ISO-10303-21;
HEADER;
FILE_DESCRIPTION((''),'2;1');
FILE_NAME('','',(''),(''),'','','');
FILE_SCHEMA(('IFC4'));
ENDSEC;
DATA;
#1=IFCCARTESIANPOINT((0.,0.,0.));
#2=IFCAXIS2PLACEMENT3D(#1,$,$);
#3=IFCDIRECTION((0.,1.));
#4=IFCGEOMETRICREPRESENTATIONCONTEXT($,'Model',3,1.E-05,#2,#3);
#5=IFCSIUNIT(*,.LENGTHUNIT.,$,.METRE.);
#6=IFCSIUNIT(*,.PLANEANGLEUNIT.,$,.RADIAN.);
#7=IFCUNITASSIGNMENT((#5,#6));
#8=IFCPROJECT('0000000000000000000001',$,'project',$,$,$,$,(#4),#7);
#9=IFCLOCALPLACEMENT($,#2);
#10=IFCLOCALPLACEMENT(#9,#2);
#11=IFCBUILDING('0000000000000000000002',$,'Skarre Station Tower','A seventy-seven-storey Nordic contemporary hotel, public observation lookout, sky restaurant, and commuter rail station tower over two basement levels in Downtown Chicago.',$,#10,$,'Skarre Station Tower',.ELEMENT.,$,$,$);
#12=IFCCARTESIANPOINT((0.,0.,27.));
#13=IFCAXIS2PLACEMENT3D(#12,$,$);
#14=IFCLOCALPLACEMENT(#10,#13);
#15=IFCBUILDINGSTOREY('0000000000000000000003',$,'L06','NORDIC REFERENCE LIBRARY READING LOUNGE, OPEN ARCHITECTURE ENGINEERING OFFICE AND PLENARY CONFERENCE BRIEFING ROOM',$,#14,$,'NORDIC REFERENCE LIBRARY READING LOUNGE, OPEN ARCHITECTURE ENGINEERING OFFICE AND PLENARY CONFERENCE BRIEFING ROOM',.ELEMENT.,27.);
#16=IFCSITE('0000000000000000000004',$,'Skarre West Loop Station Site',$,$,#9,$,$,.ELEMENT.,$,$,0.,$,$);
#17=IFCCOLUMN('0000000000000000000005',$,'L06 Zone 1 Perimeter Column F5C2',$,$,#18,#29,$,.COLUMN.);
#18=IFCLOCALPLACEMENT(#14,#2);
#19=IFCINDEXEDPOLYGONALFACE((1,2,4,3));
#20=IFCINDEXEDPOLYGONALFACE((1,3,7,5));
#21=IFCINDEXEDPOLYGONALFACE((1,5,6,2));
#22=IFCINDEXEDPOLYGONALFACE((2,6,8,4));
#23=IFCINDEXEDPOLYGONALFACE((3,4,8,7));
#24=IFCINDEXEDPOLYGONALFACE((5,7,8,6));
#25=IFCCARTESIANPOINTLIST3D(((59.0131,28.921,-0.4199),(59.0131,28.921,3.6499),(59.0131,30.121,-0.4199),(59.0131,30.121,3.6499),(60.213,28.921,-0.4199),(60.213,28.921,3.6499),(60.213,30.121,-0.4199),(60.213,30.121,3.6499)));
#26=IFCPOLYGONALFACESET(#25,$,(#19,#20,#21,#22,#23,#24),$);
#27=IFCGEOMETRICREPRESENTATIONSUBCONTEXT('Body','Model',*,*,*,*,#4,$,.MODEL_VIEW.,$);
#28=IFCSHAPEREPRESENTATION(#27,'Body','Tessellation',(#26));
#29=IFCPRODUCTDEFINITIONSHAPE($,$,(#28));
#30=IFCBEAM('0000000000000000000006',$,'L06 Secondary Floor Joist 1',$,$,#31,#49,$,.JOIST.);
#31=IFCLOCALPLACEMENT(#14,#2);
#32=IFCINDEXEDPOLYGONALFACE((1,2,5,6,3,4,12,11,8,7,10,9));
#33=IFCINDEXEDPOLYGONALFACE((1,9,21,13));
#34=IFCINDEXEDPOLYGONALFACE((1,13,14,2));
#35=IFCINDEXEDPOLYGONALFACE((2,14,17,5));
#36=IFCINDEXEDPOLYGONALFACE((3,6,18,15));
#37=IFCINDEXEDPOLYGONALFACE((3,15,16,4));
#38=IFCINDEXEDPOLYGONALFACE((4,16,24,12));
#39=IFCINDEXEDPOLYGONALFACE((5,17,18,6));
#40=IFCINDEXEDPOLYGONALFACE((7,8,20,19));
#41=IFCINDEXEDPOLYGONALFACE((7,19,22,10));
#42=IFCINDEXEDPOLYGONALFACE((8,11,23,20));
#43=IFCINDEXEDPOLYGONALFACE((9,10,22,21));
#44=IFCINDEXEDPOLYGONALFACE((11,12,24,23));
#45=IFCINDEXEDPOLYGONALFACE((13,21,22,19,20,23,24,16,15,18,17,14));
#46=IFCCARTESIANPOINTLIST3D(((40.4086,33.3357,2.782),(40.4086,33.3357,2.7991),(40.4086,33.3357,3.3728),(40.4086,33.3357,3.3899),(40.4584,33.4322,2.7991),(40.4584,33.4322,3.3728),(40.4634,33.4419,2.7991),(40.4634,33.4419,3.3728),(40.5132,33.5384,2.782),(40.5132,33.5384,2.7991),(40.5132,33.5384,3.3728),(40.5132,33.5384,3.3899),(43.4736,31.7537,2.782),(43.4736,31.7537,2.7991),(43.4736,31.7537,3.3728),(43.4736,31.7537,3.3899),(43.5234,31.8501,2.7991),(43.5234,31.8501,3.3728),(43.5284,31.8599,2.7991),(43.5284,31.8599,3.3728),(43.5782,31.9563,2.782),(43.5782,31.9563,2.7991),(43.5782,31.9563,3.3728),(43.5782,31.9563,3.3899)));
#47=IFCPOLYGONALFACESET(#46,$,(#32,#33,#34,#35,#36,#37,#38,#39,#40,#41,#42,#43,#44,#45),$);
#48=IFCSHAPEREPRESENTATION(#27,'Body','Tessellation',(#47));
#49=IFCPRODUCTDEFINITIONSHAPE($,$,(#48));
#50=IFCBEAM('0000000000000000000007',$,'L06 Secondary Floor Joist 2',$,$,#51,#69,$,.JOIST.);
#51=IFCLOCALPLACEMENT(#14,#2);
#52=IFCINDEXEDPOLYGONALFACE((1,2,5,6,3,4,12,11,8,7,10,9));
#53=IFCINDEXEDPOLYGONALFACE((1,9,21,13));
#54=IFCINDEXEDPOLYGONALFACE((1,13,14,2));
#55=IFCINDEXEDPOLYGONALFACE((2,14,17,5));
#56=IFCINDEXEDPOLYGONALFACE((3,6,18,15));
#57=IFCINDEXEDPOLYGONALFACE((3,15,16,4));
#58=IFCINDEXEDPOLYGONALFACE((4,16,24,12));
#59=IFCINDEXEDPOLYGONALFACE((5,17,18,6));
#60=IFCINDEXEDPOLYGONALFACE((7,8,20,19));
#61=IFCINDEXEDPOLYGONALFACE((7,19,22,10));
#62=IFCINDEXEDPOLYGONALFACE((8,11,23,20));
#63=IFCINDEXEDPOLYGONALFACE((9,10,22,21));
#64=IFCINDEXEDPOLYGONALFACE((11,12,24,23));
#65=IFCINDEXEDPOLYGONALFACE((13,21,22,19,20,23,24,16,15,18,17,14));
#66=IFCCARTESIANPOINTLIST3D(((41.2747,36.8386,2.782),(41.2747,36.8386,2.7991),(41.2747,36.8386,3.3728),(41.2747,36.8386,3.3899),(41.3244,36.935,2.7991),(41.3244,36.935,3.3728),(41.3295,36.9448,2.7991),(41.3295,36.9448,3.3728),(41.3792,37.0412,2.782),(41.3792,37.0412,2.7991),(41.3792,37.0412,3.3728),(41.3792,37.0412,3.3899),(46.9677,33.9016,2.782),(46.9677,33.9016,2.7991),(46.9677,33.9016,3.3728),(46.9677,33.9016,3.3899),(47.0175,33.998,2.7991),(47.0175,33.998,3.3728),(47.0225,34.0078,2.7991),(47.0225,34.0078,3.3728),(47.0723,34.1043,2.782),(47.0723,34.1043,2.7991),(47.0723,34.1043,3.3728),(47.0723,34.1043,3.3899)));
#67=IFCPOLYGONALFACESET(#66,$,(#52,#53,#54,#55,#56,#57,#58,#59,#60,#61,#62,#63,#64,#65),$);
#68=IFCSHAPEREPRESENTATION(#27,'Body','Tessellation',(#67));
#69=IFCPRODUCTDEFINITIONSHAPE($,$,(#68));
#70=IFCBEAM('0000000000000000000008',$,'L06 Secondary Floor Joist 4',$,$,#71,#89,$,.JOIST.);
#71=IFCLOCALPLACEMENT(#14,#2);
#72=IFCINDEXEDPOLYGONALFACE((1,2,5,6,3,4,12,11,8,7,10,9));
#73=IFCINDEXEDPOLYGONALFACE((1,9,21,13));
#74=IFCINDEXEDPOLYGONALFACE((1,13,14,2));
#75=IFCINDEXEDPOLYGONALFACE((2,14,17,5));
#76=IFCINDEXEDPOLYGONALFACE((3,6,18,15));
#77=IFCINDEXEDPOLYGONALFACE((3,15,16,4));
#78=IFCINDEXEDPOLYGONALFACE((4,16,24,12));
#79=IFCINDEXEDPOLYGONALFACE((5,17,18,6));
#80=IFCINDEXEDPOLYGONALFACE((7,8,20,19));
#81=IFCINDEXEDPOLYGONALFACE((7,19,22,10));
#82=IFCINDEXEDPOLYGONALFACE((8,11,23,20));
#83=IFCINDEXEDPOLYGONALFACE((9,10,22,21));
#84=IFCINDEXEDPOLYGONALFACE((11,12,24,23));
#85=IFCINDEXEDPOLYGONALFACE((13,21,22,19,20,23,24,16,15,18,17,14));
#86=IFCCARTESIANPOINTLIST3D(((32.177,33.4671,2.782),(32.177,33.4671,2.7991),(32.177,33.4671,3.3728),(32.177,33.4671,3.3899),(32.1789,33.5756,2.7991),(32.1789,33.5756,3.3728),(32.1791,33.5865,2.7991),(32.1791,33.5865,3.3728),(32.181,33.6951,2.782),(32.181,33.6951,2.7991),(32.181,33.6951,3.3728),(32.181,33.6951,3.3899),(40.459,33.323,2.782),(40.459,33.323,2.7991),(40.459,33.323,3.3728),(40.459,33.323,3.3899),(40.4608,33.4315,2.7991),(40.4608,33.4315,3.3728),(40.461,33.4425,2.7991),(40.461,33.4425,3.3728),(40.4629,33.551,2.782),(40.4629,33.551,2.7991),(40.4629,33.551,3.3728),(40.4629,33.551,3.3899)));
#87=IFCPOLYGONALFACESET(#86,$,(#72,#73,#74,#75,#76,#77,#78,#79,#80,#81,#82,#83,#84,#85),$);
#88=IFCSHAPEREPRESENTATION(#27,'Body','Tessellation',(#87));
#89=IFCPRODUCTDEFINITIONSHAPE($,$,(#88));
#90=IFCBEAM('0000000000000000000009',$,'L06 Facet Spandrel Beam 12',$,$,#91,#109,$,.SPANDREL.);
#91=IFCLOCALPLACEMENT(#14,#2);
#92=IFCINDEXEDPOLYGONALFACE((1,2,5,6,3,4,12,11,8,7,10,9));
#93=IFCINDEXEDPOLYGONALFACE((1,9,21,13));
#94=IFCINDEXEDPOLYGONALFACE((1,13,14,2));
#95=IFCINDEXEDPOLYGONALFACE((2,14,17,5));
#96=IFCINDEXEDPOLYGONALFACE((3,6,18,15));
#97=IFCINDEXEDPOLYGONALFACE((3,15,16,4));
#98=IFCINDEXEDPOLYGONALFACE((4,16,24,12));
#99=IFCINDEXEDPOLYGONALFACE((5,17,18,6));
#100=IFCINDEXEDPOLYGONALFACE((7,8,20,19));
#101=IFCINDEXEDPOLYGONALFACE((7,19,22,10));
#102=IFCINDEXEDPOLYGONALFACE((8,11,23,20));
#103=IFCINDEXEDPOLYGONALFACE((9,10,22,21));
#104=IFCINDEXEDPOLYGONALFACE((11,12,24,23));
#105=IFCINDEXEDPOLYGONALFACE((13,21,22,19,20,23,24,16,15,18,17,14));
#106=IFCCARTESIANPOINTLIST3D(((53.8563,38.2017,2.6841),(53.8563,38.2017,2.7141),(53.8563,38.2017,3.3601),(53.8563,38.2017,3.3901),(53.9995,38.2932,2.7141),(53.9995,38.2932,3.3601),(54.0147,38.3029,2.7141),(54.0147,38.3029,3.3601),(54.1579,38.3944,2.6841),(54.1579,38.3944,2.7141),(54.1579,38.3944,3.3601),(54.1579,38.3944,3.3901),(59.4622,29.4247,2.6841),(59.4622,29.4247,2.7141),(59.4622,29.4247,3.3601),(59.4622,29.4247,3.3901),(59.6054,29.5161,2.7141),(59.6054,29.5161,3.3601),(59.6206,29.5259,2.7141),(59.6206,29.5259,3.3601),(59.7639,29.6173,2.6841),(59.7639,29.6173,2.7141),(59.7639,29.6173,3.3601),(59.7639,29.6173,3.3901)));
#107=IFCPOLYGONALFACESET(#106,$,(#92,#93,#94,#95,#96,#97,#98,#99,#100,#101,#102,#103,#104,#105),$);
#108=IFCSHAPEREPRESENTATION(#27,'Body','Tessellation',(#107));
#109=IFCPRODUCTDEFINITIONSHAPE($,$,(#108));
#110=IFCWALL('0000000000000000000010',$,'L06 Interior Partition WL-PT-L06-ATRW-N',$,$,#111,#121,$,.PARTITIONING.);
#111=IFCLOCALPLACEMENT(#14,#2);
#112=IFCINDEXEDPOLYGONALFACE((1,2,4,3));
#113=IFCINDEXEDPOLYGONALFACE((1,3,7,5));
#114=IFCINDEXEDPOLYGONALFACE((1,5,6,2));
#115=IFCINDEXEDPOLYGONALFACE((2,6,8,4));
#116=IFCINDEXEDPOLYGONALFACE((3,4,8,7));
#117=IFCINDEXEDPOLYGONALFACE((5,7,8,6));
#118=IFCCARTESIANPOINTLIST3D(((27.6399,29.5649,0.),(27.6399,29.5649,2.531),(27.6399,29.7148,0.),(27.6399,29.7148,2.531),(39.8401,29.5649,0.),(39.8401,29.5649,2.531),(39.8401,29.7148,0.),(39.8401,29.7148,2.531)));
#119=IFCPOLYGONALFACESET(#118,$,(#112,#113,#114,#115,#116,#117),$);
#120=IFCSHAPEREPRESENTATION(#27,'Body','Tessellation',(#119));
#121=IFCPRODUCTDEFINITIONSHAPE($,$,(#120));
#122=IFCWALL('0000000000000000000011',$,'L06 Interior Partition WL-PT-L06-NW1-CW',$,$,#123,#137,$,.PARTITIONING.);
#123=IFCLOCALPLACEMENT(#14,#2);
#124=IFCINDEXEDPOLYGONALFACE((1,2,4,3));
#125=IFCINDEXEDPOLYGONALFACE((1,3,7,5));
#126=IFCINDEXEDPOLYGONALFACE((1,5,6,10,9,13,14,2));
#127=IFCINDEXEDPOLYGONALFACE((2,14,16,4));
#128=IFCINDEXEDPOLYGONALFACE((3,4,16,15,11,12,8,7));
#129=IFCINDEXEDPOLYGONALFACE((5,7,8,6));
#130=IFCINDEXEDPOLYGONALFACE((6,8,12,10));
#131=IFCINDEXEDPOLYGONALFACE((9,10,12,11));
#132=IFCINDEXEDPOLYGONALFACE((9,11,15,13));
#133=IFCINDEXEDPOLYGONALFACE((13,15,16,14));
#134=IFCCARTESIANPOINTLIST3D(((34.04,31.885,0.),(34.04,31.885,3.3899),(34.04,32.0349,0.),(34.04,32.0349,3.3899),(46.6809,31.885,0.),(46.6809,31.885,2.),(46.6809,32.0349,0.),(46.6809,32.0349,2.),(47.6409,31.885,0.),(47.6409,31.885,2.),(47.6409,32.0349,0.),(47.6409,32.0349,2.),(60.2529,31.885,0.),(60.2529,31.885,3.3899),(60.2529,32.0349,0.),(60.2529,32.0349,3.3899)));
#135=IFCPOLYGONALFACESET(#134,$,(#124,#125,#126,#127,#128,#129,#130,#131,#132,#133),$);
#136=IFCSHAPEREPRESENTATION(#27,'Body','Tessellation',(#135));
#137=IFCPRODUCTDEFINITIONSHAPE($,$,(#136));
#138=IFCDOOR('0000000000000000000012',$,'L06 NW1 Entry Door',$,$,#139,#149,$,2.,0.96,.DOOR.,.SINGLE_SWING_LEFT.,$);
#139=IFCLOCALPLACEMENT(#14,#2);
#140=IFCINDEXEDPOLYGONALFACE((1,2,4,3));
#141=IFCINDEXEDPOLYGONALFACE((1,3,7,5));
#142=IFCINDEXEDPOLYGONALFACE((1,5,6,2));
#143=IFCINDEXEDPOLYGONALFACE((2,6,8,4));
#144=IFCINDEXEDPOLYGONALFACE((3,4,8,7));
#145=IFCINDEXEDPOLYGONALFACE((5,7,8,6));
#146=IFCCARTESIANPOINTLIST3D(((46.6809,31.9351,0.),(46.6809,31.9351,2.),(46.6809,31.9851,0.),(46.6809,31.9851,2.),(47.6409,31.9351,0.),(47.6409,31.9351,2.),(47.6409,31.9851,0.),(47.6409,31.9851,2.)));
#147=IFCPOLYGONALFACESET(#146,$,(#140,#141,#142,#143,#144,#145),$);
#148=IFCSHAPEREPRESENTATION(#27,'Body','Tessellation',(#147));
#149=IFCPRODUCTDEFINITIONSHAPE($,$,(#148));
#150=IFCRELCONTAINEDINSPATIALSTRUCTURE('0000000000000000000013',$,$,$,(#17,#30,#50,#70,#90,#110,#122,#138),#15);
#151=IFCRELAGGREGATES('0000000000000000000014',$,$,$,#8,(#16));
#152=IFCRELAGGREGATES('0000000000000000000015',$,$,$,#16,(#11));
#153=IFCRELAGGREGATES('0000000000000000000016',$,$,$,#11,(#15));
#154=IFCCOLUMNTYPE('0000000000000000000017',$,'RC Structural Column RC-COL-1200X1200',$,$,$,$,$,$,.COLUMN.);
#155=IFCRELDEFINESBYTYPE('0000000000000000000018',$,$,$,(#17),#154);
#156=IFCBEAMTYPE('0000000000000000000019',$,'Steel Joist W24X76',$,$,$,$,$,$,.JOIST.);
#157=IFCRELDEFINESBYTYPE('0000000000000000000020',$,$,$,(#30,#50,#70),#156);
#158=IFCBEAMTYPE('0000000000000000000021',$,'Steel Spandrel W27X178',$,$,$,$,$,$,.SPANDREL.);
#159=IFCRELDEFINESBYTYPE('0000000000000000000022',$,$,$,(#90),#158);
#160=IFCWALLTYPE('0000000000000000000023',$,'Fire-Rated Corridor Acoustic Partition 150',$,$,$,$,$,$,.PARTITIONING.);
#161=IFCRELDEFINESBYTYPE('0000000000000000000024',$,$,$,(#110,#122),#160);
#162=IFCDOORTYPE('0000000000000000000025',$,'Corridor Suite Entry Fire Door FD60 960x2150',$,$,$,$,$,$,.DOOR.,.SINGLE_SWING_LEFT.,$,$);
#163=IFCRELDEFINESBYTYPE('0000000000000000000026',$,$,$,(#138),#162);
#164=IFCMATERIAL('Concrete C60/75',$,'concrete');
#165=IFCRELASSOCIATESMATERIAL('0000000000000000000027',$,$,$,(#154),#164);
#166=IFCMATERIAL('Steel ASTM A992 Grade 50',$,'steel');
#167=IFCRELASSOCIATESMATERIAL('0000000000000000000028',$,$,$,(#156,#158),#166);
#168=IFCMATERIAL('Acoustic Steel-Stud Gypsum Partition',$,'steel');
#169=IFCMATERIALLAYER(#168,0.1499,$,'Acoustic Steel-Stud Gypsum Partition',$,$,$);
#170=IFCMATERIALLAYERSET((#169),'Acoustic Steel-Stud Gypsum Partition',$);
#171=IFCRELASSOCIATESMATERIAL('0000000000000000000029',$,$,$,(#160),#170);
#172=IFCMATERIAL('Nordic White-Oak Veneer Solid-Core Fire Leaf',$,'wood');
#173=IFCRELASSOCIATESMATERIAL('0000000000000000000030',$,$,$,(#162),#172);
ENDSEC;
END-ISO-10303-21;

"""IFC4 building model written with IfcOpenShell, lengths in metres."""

from ifc_helpers import new_model, si_unit, direction, frame, frame_2d, origin, origin_2d, place, context, subcontext, project, spatial, rectangle, i_section, extrude, material, layer, layer_set, material_profile, profile_set, type_object, element, fill, save


model = new_model("IFC4")

# Units and contexts
model_context = context("Model", 3, precision=1e-05, world=origin(), true_north=direction((0.0, 1.0)))
body_context = subcontext(model_context, "Body", "Model", "MODEL_VIEW")
ifc_project = project(units=[si_unit("LENGTHUNIT", "METRE"), si_unit("PLANEANGLEUNIT", "RADIAN")], contexts=[model_context])

# Site, building, storey
site_placement = place(None, origin())
site = spatial("IfcSite", under=ifc_project, at=site_placement, Name="Skarre West Loop Station Site", CompositionType="ELEMENT", RefElevation=0.0)
building_placement = place(site_placement, origin())
building = spatial("IfcBuilding", under=site, at=building_placement, Name="Skarre Station Tower", Description="A seventy-seven-storey Nordic contemporary hotel, public observation lookout, sky restaurant, and commuter rail station tower over two basement levels in Downtown Chicago.", LongName="Skarre Station Tower", CompositionType="ELEMENT")
storey_placement = place(building_placement, frame((0.0, 0.0, 27.0)))
storey = spatial("IfcBuildingStorey", under=building, at=storey_placement, Name="L06", Description="NORDIC REFERENCE LIBRARY READING LOUNGE, OPEN ARCHITECTURE ENGINEERING OFFICE AND PLENARY CONFERENCE BRIEFING ROOM", LongName="NORDIC REFERENCE LIBRARY READING LOUNGE, OPEN ARCHITECTURE ENGINEERING OFFICE AND PLENARY CONFERENCE BRIEFING ROOM", CompositionType="ELEMENT", Elevation=27.0)

# Column
ifc_material_1 = material(Name="Concrete C60/75", Category="concrete")
ifc_material_profile_1 = material_profile(ifc_material_1, rectangle(XDim=1.2, YDim=1.2, at=origin_2d()), Name="Concrete C60/75")
ifc_profile_set_1 = profile_set([ifc_material_profile_1], Name="Concrete C60/75")
column_type = type_object("IfcColumnType", Name="RC Structural Column RC-COL-1200X1200", PredefinedType="COLUMN", material=ifc_profile_set_1)
column_placement = place(storey_placement, frame((59.613, 29.521, -0.4199), z_axis=(0.0, 0.0, 1.0), x_axis=(1.0, 0.0, 0.0)))
element("IfcColumn", 1, at=column_placement, inside=storey, type_object=column_type, Name="L06 Zone 1 Perimeter Column F5C2", PredefinedType="COLUMN", context=body_context, shape_type="SweptSolid", body=[
    extrude(rectangle(XDim=1.2, YDim=1.2, at=origin_2d()), origin(), (0.0, 0.0, 1.0), 4.0698),
])

# Beams
ifc_material_2 = material(Name="Steel ASTM A992 Grade 50", Category="steel")
ifc_material_profile_2 = material_profile(ifc_material_2, i_section(OverallWidth=0.228, OverallDepth=0.6079, WebThickness=0.011, FlangeThickness=0.0171, at=origin_2d()), Name="Steel ASTM A992 Grade 50")
ifc_profile_set_2 = profile_set([ifc_material_profile_2], Name="Steel ASTM A992 Grade 50")
beam_type_1 = type_object("IfcBeamType", Name="Steel Joist W24X76", PredefinedType="JOIST", material=ifc_profile_set_2)
beam_1_placement = place(storey_placement, frame((43.5259, 31.855, 3.0859), z_axis=(-0.888606, 0.458672, 0.0), x_axis=(-0.458672, -0.888606, 0.0)))
element("IfcBeam", 2, at=beam_1_placement, inside=storey, type_object=beam_type_1, Name="L06 Secondary Floor Joist 1", PredefinedType="JOIST", context=body_context, shape_type="SweptSolid", body=[
    extrude(i_section(OverallWidth=0.228, OverallDepth=0.6079, WebThickness=0.011, FlangeThickness=0.0171, at=origin_2d()), origin(), (0.0, 0.0, 1.0), 3.4492),
])
beam_2_placement = place(storey_placement, frame((47.02, 34.0029, 3.0859), z_axis=(-0.888708, 0.458474, 0.0), x_axis=(-0.458474, -0.888708, 0.0)))
element("IfcBeam", 3, at=beam_2_placement, inside=storey, type_object=beam_type_1, Name="L06 Secondary Floor Joist 2", PredefinedType="JOIST", context=body_context, shape_type="SweptSolid", body=[
    extrude(i_section(OverallWidth=0.228, OverallDepth=0.6079, WebThickness=0.011, FlangeThickness=0.0171, at=origin_2d()), origin(), (0.0, 0.0, 1.0), 6.406),
])
beam_3_placement = place(storey_placement, frame((40.4609, 33.437, 3.0859), z_axis=(-0.999849, 0.01739, 0.0), x_axis=(-0.01739, -0.999849, 0.0)))
element("IfcBeam", 4, at=beam_3_placement, inside=storey, type_object=beam_type_1, Name="L06 Secondary Floor Joist 4", PredefinedType="JOIST", context=body_context, shape_type="SweptSolid", body=[
    extrude(i_section(OverallWidth=0.228, OverallDepth=0.6079, WebThickness=0.011, FlangeThickness=0.0171, at=origin_2d()), origin(), (0.0, 0.0, 1.0), 8.2832),
])
ifc_material_profile_3 = material_profile(ifc_material_2, i_section(OverallWidth=0.3579, OverallDepth=0.7061, WebThickness=0.0181, FlangeThickness=0.03, at=origin_2d()), Name="Steel ASTM A992 Grade 50")
ifc_profile_set_3 = profile_set([ifc_material_profile_3], Name="Steel ASTM A992 Grade 50")
beam_type_2 = type_object("IfcBeamType", Name="Steel Spandrel W27X178", PredefinedType="SPANDREL", material=ifc_profile_set_3)
beam_4_placement = place(storey_placement, frame((59.613, 29.521, 3.0371), z_axis=(-0.538278, 0.842767, 0.0), x_axis=(-0.842767, -0.538278, 0.0)))
element("IfcBeam", 5, at=beam_4_placement, inside=storey, type_object=beam_type_2, Name="L06 Facet Spandrel Beam 12", PredefinedType="SPANDREL", context=body_context, shape_type="SweptSolid", body=[
    extrude(i_section(OverallWidth=0.3579, OverallDepth=0.7061, WebThickness=0.0181, FlangeThickness=0.03, at=origin_2d()), origin(), (0.0, 0.0, 1.0), 10.4146),
])

# Wall
ifc_material_3 = material(Name="Acoustic Steel-Stud Gypsum Partition", Category="steel")
ifc_layer_1 = layer(ifc_material_3, 0.1499, Name="Acoustic Steel-Stud Gypsum Partition")
ifc_layer_set_1 = layer_set([ifc_layer_1], Name="Acoustic Steel-Stud Gypsum Partition")
wall_type_1 = type_object("IfcWallType", Name="Fire-Rated Corridor Acoustic Partition 150", PredefinedType="PARTITIONING", material=ifc_layer_set_1)
wall_1_placement = place(storey_placement, frame((39.8401, 29.6399, 0.0), z_axis=(0.0, 0.0, 1.0), x_axis=(-1.0, 0.0, 0.0)))
element("IfcWall", 6, at=wall_1_placement, inside=storey, type_object=wall_type_1, Name="L06 Interior Partition WL-PT-L06-ATRW-N", PredefinedType="PARTITIONING", context=body_context, shape_type="SweptSolid", body=[
    extrude(rectangle(XDim=12.2002, YDim=0.1499, at=frame_2d((6.1001, 0.0))), origin(), (0.0, 0.0, 1.0), 2.531),
])

# Wall, opening, door
wall_2_placement = place(storey_placement, frame((60.2529, 31.96, 0.0), z_axis=(0.0, 0.0, 1.0), x_axis=(-1.0, 0.0, 0.0)))
wall_2 = element("IfcWall", 7, at=wall_2_placement, inside=storey, type_object=wall_type_1, Name="L06 Interior Partition WL-PT-L06-NW1-CW", PredefinedType="PARTITIONING", context=body_context, shape_type="SweptSolid", body=[
    extrude(rectangle(XDim=26.2129, YDim=0.1499, at=frame_2d((13.1064, 0.0))), origin(), (0.0, 0.0, 1.0), 3.3899),
])
opening_1_placement = place(wall_2_placement, frame((12.6121, 0.0, 0.0)))
opening_1 = element("IfcOpeningElement", 8, at=opening_1_placement, cuts=wall_2, PredefinedType="OPENING", context=body_context, shape_type="SweptSolid", body=[
    extrude(rectangle(XDim=0.96, YDim=2.0, at=frame_2d((0.48, 1.0))), frame((0.0, 0.085, 0.0), z_axis=(0.0, -1.0, 0.0), x_axis=(1.0, 0.0, 0.0)), (0.0, 0.0, 1.0), 0.1699),
])
ifc_material_4 = material(Name="Nordic White-Oak Veneer Solid-Core Fire Leaf", Category="wood")
door_type = type_object("IfcDoorType", Name="Corridor Suite Entry Fire Door FD60 960x2150", OperationType="SINGLE_SWING_LEFT", PredefinedType="DOOR", material=ifc_material_4)
door_placement = place(opening_1_placement, origin())
door = element("IfcDoor", 9, at=door_placement, inside=storey, type_object=door_type, Name="L06 NW1 Entry Door", OperationType="SINGLE_SWING_LEFT", OverallHeight=2.0, OverallWidth=0.96, PredefinedType="DOOR", context=body_context, shape_type="SweptSolid", body=[
    extrude(rectangle(XDim=0.96, YDim=2.0, at=frame_2d((0.48, 1.0))), frame((0.0, 0.0249, 0.0), z_axis=(0.0, -1.0, 0.0), x_axis=(1.0, 0.0, 0.0)), (0.0, 0.0, 1.0), 0.05),
])
fill(opening_1, door)

save(model, "model.ifc")
